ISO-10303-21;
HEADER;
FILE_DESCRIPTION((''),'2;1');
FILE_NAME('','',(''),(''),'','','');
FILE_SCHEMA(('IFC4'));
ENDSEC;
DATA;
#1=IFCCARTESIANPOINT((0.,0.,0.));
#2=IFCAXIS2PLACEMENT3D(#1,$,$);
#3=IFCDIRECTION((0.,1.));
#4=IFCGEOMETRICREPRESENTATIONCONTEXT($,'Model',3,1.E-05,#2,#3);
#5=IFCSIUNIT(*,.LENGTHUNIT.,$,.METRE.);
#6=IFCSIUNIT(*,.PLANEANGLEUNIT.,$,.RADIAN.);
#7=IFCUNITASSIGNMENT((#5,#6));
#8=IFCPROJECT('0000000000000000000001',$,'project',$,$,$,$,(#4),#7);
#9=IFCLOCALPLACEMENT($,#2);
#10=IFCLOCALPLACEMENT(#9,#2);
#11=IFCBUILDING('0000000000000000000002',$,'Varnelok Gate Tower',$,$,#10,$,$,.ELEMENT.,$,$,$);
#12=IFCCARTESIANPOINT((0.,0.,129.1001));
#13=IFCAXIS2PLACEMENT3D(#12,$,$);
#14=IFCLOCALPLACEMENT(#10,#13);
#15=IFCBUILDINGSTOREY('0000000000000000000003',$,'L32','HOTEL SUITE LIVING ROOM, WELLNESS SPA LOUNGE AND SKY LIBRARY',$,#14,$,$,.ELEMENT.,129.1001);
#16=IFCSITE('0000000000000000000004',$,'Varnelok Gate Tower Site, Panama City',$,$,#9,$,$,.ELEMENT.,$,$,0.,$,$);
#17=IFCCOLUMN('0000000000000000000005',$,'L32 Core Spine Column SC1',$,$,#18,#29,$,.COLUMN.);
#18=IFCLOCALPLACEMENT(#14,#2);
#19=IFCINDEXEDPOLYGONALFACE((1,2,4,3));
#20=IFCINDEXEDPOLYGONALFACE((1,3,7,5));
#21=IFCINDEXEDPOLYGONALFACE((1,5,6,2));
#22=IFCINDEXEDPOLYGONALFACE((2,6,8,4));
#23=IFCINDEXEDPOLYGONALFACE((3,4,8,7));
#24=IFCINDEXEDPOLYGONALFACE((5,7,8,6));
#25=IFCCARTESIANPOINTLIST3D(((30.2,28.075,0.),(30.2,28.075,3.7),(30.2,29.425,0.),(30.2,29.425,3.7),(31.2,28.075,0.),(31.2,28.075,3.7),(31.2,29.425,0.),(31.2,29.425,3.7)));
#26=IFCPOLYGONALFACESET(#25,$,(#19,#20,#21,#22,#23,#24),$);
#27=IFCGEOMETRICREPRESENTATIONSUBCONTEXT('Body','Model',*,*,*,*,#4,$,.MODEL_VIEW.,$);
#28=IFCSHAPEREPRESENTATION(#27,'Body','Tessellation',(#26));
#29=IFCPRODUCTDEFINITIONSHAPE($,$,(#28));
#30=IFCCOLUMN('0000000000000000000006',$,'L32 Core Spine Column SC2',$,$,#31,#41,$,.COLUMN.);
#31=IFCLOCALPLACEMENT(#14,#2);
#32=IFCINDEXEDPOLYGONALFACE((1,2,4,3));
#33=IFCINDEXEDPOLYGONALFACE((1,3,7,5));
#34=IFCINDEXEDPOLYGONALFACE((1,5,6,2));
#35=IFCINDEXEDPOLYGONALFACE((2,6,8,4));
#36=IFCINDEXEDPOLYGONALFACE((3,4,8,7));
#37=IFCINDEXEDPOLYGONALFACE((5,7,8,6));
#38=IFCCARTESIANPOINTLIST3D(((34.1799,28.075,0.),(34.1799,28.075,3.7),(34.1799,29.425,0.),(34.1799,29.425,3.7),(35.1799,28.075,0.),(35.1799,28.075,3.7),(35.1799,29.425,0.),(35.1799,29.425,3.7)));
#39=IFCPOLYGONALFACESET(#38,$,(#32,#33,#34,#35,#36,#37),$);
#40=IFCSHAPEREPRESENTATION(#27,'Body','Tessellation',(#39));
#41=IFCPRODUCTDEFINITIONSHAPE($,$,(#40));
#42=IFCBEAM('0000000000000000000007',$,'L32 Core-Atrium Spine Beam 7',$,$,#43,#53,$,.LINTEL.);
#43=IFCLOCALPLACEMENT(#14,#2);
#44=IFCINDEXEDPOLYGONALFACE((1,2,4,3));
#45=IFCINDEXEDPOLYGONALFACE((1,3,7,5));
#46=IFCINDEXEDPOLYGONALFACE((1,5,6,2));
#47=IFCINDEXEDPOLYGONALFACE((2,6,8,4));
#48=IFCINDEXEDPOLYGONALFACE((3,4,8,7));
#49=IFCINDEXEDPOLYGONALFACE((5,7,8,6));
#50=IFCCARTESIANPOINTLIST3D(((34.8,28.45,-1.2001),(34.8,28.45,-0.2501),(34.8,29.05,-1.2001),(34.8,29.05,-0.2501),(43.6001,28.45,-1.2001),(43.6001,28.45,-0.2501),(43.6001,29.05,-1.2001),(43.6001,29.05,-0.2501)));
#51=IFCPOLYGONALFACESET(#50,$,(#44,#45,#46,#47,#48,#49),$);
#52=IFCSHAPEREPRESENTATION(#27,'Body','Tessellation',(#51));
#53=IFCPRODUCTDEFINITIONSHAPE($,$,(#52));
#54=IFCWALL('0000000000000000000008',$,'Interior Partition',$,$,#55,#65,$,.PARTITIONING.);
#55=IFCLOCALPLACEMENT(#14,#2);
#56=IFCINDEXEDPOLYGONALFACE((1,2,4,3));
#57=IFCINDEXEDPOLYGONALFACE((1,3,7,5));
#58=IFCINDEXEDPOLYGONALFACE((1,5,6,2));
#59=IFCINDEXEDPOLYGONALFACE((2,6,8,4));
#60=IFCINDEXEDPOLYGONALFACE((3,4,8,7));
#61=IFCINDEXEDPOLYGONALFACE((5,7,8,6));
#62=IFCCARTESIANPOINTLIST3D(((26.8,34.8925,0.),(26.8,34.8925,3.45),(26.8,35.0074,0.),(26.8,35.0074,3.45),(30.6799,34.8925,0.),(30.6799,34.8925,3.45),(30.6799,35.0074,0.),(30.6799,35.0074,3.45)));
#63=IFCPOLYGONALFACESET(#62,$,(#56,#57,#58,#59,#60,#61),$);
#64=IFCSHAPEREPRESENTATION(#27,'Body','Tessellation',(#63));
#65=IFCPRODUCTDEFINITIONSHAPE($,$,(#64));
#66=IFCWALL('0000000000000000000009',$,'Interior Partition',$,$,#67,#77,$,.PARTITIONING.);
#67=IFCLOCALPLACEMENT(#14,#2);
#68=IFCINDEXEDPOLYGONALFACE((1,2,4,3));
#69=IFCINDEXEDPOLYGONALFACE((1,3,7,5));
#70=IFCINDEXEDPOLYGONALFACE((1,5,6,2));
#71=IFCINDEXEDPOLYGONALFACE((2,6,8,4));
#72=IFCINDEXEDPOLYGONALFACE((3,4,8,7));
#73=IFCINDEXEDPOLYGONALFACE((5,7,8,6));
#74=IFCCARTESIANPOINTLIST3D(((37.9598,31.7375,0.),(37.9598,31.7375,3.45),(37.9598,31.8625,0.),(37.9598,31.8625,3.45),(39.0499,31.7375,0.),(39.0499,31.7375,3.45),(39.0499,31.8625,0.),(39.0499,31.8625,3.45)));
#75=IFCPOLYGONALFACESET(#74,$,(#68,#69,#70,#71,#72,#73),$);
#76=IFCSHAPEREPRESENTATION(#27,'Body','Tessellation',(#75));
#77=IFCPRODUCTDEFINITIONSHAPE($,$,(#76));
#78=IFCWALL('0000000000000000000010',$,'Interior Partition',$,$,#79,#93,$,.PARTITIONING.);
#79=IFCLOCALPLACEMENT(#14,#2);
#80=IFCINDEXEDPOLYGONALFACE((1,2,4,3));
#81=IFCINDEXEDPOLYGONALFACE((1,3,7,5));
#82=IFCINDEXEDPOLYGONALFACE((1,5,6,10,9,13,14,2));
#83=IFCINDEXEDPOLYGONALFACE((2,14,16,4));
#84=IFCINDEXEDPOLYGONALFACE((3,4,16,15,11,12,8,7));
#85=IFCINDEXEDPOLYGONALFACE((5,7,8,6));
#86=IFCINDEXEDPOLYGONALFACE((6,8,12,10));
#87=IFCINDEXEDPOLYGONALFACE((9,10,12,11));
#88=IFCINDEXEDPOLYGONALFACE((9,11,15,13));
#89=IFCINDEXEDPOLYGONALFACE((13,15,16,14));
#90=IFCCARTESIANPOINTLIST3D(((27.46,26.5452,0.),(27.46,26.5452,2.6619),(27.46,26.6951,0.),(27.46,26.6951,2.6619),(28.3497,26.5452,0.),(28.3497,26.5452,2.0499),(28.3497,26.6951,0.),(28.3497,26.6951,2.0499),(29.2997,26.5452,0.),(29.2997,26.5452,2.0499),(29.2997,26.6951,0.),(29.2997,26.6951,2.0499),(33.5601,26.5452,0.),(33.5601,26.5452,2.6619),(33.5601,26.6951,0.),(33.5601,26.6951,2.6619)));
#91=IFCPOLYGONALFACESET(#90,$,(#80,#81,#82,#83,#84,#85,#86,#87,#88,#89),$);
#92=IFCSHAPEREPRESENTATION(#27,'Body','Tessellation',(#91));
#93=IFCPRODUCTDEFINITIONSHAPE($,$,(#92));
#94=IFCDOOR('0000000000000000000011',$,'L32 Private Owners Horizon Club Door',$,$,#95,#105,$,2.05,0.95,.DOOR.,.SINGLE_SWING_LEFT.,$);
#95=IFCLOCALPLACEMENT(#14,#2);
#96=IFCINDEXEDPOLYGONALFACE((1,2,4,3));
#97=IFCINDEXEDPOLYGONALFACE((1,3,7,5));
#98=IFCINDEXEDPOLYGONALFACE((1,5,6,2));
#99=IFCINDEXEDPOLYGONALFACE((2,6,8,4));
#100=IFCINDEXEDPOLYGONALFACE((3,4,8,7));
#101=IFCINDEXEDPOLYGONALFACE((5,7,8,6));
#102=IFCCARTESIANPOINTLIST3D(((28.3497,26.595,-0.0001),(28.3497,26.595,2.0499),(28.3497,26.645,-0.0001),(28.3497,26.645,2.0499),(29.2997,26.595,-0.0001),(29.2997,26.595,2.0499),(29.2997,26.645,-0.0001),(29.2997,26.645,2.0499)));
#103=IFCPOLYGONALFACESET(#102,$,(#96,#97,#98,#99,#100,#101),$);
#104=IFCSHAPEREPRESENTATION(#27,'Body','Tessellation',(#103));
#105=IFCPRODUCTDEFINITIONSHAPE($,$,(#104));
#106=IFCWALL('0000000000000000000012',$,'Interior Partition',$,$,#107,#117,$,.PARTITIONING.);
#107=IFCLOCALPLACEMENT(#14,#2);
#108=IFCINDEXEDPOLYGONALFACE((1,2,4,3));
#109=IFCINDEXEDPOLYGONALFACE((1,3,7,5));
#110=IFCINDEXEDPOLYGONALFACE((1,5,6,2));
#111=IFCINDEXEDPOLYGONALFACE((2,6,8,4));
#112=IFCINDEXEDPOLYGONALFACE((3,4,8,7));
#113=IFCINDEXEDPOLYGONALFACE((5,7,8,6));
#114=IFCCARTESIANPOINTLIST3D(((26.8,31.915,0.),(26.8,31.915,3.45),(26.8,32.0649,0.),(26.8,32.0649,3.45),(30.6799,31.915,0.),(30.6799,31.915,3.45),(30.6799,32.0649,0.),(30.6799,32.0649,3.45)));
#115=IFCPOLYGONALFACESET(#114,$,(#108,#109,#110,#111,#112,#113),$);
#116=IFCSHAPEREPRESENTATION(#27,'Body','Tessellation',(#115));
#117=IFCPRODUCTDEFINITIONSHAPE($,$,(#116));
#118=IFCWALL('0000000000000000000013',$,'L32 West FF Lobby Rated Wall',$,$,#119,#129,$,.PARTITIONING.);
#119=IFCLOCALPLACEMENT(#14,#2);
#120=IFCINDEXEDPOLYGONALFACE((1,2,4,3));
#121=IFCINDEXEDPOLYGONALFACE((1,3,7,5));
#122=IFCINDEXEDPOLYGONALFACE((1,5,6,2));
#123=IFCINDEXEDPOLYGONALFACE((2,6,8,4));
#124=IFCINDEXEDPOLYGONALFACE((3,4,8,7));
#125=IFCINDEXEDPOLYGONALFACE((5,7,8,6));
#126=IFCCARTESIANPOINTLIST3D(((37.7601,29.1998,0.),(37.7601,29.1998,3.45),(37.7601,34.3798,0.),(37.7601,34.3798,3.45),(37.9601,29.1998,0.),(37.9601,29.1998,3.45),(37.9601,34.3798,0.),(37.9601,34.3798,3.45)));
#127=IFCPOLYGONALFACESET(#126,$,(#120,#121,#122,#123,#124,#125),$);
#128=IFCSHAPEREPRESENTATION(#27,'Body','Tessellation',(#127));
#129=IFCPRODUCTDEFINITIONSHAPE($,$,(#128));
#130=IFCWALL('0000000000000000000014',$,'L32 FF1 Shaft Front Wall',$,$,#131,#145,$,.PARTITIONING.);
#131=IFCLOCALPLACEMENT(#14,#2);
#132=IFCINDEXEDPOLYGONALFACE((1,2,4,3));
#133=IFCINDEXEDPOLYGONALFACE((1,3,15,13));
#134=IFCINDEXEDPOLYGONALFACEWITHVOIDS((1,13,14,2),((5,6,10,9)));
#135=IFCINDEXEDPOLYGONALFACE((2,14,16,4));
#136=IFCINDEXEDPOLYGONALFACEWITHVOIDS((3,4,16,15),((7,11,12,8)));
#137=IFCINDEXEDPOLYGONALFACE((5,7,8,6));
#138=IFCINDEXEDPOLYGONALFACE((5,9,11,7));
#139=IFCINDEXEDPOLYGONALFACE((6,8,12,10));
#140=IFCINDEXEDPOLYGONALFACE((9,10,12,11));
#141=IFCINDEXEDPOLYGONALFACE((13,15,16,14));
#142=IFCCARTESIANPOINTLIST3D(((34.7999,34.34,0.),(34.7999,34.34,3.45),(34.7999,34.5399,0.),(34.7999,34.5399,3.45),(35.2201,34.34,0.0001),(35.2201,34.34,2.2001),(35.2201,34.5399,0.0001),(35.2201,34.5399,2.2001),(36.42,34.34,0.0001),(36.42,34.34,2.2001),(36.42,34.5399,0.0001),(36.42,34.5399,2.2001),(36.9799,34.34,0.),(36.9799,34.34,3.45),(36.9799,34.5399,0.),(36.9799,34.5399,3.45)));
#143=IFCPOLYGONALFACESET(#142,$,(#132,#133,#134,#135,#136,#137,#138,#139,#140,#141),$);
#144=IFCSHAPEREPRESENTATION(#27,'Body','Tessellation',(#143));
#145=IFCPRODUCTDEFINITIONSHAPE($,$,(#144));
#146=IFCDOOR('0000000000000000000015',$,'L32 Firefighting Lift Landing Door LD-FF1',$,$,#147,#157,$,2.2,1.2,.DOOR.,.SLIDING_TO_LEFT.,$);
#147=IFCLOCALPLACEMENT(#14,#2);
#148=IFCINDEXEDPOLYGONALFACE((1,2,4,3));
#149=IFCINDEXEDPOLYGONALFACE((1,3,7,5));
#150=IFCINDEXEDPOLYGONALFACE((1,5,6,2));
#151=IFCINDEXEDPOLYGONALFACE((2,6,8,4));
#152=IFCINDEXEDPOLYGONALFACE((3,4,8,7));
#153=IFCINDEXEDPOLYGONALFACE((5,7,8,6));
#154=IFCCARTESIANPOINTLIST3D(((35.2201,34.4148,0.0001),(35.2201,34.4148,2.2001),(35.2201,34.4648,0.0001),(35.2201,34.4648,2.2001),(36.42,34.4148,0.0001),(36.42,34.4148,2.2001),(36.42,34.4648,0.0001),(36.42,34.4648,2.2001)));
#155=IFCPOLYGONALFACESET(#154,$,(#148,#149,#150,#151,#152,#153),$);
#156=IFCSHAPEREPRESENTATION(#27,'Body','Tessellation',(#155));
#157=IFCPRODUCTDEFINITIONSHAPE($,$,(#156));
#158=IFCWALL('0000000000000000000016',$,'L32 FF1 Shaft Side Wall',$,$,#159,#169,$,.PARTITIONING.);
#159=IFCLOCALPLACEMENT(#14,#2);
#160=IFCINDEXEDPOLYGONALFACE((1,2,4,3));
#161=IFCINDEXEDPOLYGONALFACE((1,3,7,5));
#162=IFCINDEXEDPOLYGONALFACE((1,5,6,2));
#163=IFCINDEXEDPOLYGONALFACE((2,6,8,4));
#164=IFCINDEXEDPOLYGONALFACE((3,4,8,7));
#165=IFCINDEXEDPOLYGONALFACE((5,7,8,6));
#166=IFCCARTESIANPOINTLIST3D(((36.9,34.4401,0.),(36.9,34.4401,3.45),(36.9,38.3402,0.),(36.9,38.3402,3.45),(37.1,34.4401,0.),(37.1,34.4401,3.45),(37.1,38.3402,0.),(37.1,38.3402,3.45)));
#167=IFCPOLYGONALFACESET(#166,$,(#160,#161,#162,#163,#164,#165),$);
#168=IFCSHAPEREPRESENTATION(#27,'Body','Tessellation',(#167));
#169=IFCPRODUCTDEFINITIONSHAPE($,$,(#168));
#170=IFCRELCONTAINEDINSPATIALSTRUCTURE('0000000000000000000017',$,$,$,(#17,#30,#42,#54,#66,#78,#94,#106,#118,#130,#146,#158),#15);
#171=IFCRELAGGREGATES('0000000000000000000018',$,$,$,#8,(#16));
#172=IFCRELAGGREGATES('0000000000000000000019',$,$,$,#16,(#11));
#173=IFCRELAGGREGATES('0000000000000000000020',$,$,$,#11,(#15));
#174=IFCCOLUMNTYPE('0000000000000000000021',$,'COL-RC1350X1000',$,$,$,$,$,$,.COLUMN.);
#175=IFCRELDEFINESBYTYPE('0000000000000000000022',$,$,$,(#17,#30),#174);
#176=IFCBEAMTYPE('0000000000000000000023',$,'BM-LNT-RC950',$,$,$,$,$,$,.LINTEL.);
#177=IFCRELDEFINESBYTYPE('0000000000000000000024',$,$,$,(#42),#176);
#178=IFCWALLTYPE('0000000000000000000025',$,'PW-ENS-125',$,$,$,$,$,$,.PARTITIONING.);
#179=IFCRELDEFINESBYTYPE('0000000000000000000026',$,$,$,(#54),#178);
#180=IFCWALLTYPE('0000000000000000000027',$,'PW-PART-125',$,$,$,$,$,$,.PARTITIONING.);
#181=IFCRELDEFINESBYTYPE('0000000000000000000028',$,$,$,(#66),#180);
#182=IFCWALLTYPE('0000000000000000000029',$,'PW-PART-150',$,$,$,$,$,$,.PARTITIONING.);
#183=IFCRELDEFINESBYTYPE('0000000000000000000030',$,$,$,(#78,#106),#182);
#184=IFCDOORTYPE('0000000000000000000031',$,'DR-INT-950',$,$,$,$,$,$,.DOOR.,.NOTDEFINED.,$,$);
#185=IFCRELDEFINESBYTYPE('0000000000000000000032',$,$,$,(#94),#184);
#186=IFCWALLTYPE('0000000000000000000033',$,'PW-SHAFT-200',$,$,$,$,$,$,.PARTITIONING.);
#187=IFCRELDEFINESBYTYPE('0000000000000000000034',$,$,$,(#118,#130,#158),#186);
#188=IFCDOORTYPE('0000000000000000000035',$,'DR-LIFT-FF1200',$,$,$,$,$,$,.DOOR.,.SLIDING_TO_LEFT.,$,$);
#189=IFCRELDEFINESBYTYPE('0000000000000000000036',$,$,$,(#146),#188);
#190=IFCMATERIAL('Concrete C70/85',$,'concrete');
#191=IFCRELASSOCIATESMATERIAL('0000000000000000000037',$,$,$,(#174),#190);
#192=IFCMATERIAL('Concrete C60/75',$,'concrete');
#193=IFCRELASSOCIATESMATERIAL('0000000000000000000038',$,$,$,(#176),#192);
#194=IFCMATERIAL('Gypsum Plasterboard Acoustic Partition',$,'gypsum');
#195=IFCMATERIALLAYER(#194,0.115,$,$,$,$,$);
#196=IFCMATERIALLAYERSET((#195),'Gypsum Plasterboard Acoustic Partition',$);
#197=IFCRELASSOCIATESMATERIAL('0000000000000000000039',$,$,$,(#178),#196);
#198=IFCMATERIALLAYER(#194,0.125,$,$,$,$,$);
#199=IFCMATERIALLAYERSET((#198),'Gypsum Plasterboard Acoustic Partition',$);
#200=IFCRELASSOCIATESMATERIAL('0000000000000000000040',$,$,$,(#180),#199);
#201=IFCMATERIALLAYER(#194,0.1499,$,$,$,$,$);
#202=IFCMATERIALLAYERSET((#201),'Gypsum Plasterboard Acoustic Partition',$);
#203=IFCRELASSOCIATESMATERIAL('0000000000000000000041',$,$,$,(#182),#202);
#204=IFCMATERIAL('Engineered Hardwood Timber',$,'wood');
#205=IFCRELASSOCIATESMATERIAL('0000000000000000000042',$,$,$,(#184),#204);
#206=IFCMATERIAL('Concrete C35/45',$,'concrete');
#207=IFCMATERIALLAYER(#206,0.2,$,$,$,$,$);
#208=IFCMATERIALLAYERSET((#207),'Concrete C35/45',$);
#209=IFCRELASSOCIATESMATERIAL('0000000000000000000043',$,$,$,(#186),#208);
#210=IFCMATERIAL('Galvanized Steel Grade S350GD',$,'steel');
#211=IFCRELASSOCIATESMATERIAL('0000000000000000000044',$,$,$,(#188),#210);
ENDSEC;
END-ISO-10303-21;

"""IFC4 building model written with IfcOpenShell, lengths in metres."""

from ifc_helpers import new_model, si_unit, direction, frame, frame_2d, origin, origin_2d, place, context, subcontext, project, spatial, rectangle, extrude, material, layer, layer_set, material_profile, profile_set, type_object, element, fill, save


model = new_model("IFC4")

# Units and contexts
model_context = context("Model", 3, precision=1e-05, world=origin(), true_north=direction((0.0, 1.0)))
body_context = subcontext(model_context, "Body", "Model", "MODEL_VIEW")
ifc_project = project(units=[si_unit("LENGTHUNIT", "METRE"), si_unit("PLANEANGLEUNIT", "RADIAN")], contexts=[model_context])

# Site, building, storey
site_placement = place(None, origin())
site = spatial("IfcSite", under=ifc_project, at=site_placement, Name="Varnelok Gate Tower Site, Panama City", CompositionType="ELEMENT", RefElevation=0.0)
building_placement = place(site_placement, origin())
building = spatial("IfcBuilding", under=site, at=building_placement, Name="Varnelok Gate Tower", CompositionType="ELEMENT")
storey_placement = place(building_placement, frame((0.0, 0.0, 129.1001)))
storey = spatial("IfcBuildingStorey", under=building, at=storey_placement, Name="L32", Description="HOTEL SUITE LIVING ROOM, WELLNESS SPA LOUNGE AND SKY LIBRARY", CompositionType="ELEMENT", Elevation=129.1001)

# Columns
ifc_material_1 = material(Name="Concrete C70/85", Category="concrete")
ifc_material_profile_1 = material_profile(ifc_material_1, rectangle(XDim=1.0, YDim=1.3501, at=origin_2d()), Name="RC1350X1000")
ifc_profile_set_1 = profile_set([ifc_material_profile_1], Name="Concrete C70/85")
column_type = type_object("IfcColumnType", Name="COL-RC1350X1000", PredefinedType="COLUMN", material=ifc_profile_set_1)
for number, where, z_axis, x_axis, name in (
    (1, (30.7, 28.75, 0.0), (0.0, 0.0, 1.0), (1.0, 0.0, 0.0), "L32 Core Spine Column SC1"),
    (2, (34.6799, 28.75, 0.0), (0.0, 0.0, 1.0), (1.0, 0.0, 0.0), "L32 Core Spine Column SC2"),
):
    element("IfcColumn", number, at=place(storey_placement, frame(where, z_axis=z_axis, x_axis=x_axis)), inside=storey, type_object=column_type, Name=name, PredefinedType="COLUMN", context=body_context, shape_type="SweptSolid", body=[
        extrude(rectangle(XDim=1.0, YDim=1.3501, at=origin_2d()), origin(), (0.0, 0.0, 1.0), 3.7),
    ])

# Beam
ifc_material_2 = material(Name="Concrete C60/75", Category="concrete")
ifc_material_profile_2 = material_profile(ifc_material_2, rectangle(XDim=0.6001, YDim=0.95, at=origin_2d()), Name="RC950X600")
ifc_profile_set_2 = profile_set([ifc_material_profile_2], Name="Concrete C60/75")
beam_type = type_object("IfcBeamType", Name="BM-LNT-RC950", PredefinedType="LINTEL", material=ifc_profile_set_2)
beam_placement = place(storey_placement, frame((34.8, 28.75, -0.7251), z_axis=(1.0, 0.0, 0.0), x_axis=(0.0, 1.0, 0.0)))
element("IfcBeam", 3, at=beam_placement, inside=storey, type_object=beam_type, Name="L32 Core-Atrium Spine Beam 7", PredefinedType="LINTEL", context=body_context, shape_type="SweptSolid", body=[
    extrude(rectangle(XDim=0.6001, YDim=0.95, at=origin_2d()), origin(), (0.0, 0.0, 1.0), 8.8),
])

# Walls
ifc_material_3 = material(Name="Gypsum Plasterboard Acoustic Partition", Category="gypsum")
ifc_layer_1 = layer(ifc_material_3, 0.115)
ifc_layer_set_1 = layer_set([ifc_layer_1], Name="Gypsum Plasterboard Acoustic Partition")
wall_type_1 = type_object("IfcWallType", Name="PW-ENS-125", PredefinedType="PARTITIONING", material=ifc_layer_set_1)
wall_1_placement = place(storey_placement, frame((26.8, 34.95, 0.0), z_axis=(0.0, 0.0, 1.0), x_axis=(1.0, 0.0, 0.0)))
element("IfcWall", 4, at=wall_1_placement, inside=storey, type_object=wall_type_1, Name="Interior Partition", PredefinedType="PARTITIONING", context=body_context, shape_type="SweptSolid", body=[
    extrude(rectangle(XDim=3.8799, YDim=0.115, at=frame_2d((1.9399, 0.0))), origin(), (0.0, 0.0, 1.0), 3.45),
])
ifc_layer_2 = layer(ifc_material_3, 0.125)
ifc_layer_set_2 = layer_set([ifc_layer_2], Name="Gypsum Plasterboard Acoustic Partition")
wall_type_2 = type_object("IfcWallType", Name="PW-PART-125", PredefinedType="PARTITIONING", material=ifc_layer_set_2)
wall_2_placement = place(storey_placement, frame((37.96, 31.8, 0.0), z_axis=(0.0, 0.0, 1.0), x_axis=(1.0, 0.0, 0.0)))
element("IfcWall", 5, at=wall_2_placement, inside=storey, type_object=wall_type_2, Name="Interior Partition", PredefinedType="PARTITIONING", context=body_context, shape_type="SweptSolid", body=[
    extrude(rectangle(XDim=1.0901, YDim=0.125, at=frame_2d((0.5449, 0.0))), origin(), (0.0, 0.0, 1.0), 3.45),
])

# Wall, opening, door
ifc_layer_3 = layer(ifc_material_3, 0.1499)
ifc_layer_set_3 = layer_set([ifc_layer_3], Name="Gypsum Plasterboard Acoustic Partition")
wall_type_3 = type_object("IfcWallType", Name="PW-PART-150", PredefinedType="PARTITIONING", material=ifc_layer_set_3)
wall_3_placement = place(storey_placement, frame((27.46, 26.6201, 0.0), z_axis=(0.0, 0.0, 1.0), x_axis=(1.0, 0.0, 0.0)))
wall_3 = element("IfcWall", 6, at=wall_3_placement, inside=storey, type_object=wall_type_3, Name="Interior Partition", PredefinedType="PARTITIONING", context=body_context, shape_type="SweptSolid", body=[
    extrude(rectangle(XDim=6.1001, YDim=0.1499, at=frame_2d((3.05, 0.0))), origin(), (0.0, 0.0, 1.0), 2.6619),
])
opening_1_placement = place(wall_3_placement, frame((0.8896, 0.0, 0.0)))
opening_1 = element("IfcOpeningElement", 7, at=opening_1_placement, cuts=wall_3, PredefinedType="OPENING", context=body_context, shape_type="SweptSolid", body=[
    extrude(rectangle(XDim=0.95, YDim=2.05, at=frame_2d((0.4751, 1.0249))), frame((0.0, 0.085, 0.0), z_axis=(0.0, -1.0, 0.0), x_axis=(1.0, 0.0, 0.0)), (0.0, 0.0, 1.0), 0.1699),
])
ifc_material_4 = material(Name="Engineered Hardwood Timber", Category="wood")
door_type_1 = type_object("IfcDoorType", Name="DR-INT-950", OperationType="NOTDEFINED", PredefinedType="DOOR", material=ifc_material_4)
door_1_placement = place(opening_1_placement, origin())
door_1 = element("IfcDoor", 8, at=door_1_placement, inside=storey, type_object=door_type_1, Name="L32 Private Owners Horizon Club Door", OperationType="SINGLE_SWING_LEFT", OverallHeight=2.05, OverallWidth=0.95, PredefinedType="DOOR", context=body_context, shape_type="SweptSolid", body=[
    extrude(rectangle(XDim=0.95, YDim=2.05, at=frame_2d((0.4751, 1.0249))), frame((0.0, 0.0249, 0.0), z_axis=(0.0, -1.0, 0.0), x_axis=(1.0, 0.0, 0.0)), (0.0, 0.0, 1.0), 0.05),
])
fill(opening_1, door_1)

# Walls
wall_4_placement = place(storey_placement, frame((26.8, 31.99, 0.0), z_axis=(0.0, 0.0, 1.0), x_axis=(1.0, 0.0, 0.0)))
element("IfcWall", 9, at=wall_4_placement, inside=storey, type_object=wall_type_3, Name="Interior Partition", PredefinedType="PARTITIONING", context=body_context, shape_type="SweptSolid", body=[
    extrude(rectangle(XDim=3.8799, YDim=0.1499, at=frame_2d((1.9399, 0.0))), origin(), (0.0, 0.0, 1.0), 3.45),
])
ifc_material_5 = material(Name="Concrete C35/45", Category="concrete")
ifc_layer_4 = layer(ifc_material_5, 0.2)
ifc_layer_set_4 = layer_set([ifc_layer_4], Name="Concrete C35/45")
wall_type_4 = type_object("IfcWallType", Name="PW-SHAFT-200", PredefinedType="PARTITIONING", material=ifc_layer_set_4)
wall_5_placement = place(storey_placement, frame((37.8601, 29.2, 0.0), z_axis=(0.0, 0.0, 1.0), x_axis=(0.0, 1.0, 0.0)))
element("IfcWall", 10, at=wall_5_placement, inside=storey, type_object=wall_type_4, Name="L32 West FF Lobby Rated Wall", PredefinedType="PARTITIONING", context=body_context, shape_type="SweptSolid", body=[
    extrude(rectangle(XDim=5.1799, YDim=0.2, at=frame_2d((2.5898, 0.0))), origin(), (0.0, 0.0, 1.0), 3.45),
])

# Wall, opening, door
wall_6_placement = place(storey_placement, frame((34.8, 34.4399, 0.0), z_axis=(0.0, 0.0, 1.0), x_axis=(1.0, 0.0, 0.0)))
wall_6 = element("IfcWall", 11, at=wall_6_placement, inside=storey, type_object=wall_type_4, Name="L32 FF1 Shaft Front Wall", PredefinedType="PARTITIONING", context=body_context, shape_type="SweptSolid", body=[
    extrude(rectangle(XDim=2.1799, YDim=0.2, at=frame_2d((1.0898, 0.0))), origin(), (0.0, 0.0, 1.0), 3.45),
])
opening_2_placement = place(wall_6_placement, frame((0.4199, 0.0, 0.0)))
opening_2 = element("IfcOpeningElement", 12, at=opening_2_placement, cuts=wall_6, PredefinedType="OPENING", context=body_context, shape_type="SweptSolid", body=[
    extrude(rectangle(XDim=1.2, YDim=2.2, at=frame_2d((0.6001, 1.1001))), frame((0.0, 0.1099, 0.0), z_axis=(0.0, -1.0, 0.0), x_axis=(1.0, 0.0, 0.0)), (0.0, 0.0, 1.0), 0.22),
])
ifc_material_6 = material(Name="Galvanized Steel Grade S350GD", Category="steel")
door_type_2 = type_object("IfcDoorType", Name="DR-LIFT-FF1200", OperationType="SLIDING_TO_LEFT", PredefinedType="DOOR", material=ifc_material_6)
door_2_placement = place(opening_2_placement, origin())
door_2 = element("IfcDoor", 13, at=door_2_placement, inside=storey, type_object=door_type_2, Name="L32 Firefighting Lift Landing Door LD-FF1", OperationType="SLIDING_TO_LEFT", OverallHeight=2.2, OverallWidth=1.2, PredefinedType="DOOR", context=body_context, shape_type="SweptSolid", body=[
    extrude(rectangle(XDim=1.2, YDim=2.2, at=frame_2d((0.6001, 1.1001))), frame((0.0, 0.0249, 0.0), z_axis=(0.0, -1.0, 0.0), x_axis=(1.0, 0.0, 0.0)), (0.0, 0.0, 1.0), 0.05),
])
fill(opening_2, door_2)

# Wall
wall_7_placement = place(storey_placement, frame((37.0, 34.4399, 0.0), z_axis=(0.0, 0.0, 1.0), x_axis=(0.0, 1.0, 0.0)))
element("IfcWall", 14, at=wall_7_placement, inside=storey, type_object=wall_type_4, Name="L32 FF1 Shaft Side Wall", PredefinedType="PARTITIONING", context=body_context, shape_type="SweptSolid", body=[
    extrude(rectangle(XDim=3.9001, YDim=0.2, at=frame_2d((1.9502, 0.0))), origin(), (0.0, 0.0, 1.0), 3.45),
])

save(model, "model.ifc")
